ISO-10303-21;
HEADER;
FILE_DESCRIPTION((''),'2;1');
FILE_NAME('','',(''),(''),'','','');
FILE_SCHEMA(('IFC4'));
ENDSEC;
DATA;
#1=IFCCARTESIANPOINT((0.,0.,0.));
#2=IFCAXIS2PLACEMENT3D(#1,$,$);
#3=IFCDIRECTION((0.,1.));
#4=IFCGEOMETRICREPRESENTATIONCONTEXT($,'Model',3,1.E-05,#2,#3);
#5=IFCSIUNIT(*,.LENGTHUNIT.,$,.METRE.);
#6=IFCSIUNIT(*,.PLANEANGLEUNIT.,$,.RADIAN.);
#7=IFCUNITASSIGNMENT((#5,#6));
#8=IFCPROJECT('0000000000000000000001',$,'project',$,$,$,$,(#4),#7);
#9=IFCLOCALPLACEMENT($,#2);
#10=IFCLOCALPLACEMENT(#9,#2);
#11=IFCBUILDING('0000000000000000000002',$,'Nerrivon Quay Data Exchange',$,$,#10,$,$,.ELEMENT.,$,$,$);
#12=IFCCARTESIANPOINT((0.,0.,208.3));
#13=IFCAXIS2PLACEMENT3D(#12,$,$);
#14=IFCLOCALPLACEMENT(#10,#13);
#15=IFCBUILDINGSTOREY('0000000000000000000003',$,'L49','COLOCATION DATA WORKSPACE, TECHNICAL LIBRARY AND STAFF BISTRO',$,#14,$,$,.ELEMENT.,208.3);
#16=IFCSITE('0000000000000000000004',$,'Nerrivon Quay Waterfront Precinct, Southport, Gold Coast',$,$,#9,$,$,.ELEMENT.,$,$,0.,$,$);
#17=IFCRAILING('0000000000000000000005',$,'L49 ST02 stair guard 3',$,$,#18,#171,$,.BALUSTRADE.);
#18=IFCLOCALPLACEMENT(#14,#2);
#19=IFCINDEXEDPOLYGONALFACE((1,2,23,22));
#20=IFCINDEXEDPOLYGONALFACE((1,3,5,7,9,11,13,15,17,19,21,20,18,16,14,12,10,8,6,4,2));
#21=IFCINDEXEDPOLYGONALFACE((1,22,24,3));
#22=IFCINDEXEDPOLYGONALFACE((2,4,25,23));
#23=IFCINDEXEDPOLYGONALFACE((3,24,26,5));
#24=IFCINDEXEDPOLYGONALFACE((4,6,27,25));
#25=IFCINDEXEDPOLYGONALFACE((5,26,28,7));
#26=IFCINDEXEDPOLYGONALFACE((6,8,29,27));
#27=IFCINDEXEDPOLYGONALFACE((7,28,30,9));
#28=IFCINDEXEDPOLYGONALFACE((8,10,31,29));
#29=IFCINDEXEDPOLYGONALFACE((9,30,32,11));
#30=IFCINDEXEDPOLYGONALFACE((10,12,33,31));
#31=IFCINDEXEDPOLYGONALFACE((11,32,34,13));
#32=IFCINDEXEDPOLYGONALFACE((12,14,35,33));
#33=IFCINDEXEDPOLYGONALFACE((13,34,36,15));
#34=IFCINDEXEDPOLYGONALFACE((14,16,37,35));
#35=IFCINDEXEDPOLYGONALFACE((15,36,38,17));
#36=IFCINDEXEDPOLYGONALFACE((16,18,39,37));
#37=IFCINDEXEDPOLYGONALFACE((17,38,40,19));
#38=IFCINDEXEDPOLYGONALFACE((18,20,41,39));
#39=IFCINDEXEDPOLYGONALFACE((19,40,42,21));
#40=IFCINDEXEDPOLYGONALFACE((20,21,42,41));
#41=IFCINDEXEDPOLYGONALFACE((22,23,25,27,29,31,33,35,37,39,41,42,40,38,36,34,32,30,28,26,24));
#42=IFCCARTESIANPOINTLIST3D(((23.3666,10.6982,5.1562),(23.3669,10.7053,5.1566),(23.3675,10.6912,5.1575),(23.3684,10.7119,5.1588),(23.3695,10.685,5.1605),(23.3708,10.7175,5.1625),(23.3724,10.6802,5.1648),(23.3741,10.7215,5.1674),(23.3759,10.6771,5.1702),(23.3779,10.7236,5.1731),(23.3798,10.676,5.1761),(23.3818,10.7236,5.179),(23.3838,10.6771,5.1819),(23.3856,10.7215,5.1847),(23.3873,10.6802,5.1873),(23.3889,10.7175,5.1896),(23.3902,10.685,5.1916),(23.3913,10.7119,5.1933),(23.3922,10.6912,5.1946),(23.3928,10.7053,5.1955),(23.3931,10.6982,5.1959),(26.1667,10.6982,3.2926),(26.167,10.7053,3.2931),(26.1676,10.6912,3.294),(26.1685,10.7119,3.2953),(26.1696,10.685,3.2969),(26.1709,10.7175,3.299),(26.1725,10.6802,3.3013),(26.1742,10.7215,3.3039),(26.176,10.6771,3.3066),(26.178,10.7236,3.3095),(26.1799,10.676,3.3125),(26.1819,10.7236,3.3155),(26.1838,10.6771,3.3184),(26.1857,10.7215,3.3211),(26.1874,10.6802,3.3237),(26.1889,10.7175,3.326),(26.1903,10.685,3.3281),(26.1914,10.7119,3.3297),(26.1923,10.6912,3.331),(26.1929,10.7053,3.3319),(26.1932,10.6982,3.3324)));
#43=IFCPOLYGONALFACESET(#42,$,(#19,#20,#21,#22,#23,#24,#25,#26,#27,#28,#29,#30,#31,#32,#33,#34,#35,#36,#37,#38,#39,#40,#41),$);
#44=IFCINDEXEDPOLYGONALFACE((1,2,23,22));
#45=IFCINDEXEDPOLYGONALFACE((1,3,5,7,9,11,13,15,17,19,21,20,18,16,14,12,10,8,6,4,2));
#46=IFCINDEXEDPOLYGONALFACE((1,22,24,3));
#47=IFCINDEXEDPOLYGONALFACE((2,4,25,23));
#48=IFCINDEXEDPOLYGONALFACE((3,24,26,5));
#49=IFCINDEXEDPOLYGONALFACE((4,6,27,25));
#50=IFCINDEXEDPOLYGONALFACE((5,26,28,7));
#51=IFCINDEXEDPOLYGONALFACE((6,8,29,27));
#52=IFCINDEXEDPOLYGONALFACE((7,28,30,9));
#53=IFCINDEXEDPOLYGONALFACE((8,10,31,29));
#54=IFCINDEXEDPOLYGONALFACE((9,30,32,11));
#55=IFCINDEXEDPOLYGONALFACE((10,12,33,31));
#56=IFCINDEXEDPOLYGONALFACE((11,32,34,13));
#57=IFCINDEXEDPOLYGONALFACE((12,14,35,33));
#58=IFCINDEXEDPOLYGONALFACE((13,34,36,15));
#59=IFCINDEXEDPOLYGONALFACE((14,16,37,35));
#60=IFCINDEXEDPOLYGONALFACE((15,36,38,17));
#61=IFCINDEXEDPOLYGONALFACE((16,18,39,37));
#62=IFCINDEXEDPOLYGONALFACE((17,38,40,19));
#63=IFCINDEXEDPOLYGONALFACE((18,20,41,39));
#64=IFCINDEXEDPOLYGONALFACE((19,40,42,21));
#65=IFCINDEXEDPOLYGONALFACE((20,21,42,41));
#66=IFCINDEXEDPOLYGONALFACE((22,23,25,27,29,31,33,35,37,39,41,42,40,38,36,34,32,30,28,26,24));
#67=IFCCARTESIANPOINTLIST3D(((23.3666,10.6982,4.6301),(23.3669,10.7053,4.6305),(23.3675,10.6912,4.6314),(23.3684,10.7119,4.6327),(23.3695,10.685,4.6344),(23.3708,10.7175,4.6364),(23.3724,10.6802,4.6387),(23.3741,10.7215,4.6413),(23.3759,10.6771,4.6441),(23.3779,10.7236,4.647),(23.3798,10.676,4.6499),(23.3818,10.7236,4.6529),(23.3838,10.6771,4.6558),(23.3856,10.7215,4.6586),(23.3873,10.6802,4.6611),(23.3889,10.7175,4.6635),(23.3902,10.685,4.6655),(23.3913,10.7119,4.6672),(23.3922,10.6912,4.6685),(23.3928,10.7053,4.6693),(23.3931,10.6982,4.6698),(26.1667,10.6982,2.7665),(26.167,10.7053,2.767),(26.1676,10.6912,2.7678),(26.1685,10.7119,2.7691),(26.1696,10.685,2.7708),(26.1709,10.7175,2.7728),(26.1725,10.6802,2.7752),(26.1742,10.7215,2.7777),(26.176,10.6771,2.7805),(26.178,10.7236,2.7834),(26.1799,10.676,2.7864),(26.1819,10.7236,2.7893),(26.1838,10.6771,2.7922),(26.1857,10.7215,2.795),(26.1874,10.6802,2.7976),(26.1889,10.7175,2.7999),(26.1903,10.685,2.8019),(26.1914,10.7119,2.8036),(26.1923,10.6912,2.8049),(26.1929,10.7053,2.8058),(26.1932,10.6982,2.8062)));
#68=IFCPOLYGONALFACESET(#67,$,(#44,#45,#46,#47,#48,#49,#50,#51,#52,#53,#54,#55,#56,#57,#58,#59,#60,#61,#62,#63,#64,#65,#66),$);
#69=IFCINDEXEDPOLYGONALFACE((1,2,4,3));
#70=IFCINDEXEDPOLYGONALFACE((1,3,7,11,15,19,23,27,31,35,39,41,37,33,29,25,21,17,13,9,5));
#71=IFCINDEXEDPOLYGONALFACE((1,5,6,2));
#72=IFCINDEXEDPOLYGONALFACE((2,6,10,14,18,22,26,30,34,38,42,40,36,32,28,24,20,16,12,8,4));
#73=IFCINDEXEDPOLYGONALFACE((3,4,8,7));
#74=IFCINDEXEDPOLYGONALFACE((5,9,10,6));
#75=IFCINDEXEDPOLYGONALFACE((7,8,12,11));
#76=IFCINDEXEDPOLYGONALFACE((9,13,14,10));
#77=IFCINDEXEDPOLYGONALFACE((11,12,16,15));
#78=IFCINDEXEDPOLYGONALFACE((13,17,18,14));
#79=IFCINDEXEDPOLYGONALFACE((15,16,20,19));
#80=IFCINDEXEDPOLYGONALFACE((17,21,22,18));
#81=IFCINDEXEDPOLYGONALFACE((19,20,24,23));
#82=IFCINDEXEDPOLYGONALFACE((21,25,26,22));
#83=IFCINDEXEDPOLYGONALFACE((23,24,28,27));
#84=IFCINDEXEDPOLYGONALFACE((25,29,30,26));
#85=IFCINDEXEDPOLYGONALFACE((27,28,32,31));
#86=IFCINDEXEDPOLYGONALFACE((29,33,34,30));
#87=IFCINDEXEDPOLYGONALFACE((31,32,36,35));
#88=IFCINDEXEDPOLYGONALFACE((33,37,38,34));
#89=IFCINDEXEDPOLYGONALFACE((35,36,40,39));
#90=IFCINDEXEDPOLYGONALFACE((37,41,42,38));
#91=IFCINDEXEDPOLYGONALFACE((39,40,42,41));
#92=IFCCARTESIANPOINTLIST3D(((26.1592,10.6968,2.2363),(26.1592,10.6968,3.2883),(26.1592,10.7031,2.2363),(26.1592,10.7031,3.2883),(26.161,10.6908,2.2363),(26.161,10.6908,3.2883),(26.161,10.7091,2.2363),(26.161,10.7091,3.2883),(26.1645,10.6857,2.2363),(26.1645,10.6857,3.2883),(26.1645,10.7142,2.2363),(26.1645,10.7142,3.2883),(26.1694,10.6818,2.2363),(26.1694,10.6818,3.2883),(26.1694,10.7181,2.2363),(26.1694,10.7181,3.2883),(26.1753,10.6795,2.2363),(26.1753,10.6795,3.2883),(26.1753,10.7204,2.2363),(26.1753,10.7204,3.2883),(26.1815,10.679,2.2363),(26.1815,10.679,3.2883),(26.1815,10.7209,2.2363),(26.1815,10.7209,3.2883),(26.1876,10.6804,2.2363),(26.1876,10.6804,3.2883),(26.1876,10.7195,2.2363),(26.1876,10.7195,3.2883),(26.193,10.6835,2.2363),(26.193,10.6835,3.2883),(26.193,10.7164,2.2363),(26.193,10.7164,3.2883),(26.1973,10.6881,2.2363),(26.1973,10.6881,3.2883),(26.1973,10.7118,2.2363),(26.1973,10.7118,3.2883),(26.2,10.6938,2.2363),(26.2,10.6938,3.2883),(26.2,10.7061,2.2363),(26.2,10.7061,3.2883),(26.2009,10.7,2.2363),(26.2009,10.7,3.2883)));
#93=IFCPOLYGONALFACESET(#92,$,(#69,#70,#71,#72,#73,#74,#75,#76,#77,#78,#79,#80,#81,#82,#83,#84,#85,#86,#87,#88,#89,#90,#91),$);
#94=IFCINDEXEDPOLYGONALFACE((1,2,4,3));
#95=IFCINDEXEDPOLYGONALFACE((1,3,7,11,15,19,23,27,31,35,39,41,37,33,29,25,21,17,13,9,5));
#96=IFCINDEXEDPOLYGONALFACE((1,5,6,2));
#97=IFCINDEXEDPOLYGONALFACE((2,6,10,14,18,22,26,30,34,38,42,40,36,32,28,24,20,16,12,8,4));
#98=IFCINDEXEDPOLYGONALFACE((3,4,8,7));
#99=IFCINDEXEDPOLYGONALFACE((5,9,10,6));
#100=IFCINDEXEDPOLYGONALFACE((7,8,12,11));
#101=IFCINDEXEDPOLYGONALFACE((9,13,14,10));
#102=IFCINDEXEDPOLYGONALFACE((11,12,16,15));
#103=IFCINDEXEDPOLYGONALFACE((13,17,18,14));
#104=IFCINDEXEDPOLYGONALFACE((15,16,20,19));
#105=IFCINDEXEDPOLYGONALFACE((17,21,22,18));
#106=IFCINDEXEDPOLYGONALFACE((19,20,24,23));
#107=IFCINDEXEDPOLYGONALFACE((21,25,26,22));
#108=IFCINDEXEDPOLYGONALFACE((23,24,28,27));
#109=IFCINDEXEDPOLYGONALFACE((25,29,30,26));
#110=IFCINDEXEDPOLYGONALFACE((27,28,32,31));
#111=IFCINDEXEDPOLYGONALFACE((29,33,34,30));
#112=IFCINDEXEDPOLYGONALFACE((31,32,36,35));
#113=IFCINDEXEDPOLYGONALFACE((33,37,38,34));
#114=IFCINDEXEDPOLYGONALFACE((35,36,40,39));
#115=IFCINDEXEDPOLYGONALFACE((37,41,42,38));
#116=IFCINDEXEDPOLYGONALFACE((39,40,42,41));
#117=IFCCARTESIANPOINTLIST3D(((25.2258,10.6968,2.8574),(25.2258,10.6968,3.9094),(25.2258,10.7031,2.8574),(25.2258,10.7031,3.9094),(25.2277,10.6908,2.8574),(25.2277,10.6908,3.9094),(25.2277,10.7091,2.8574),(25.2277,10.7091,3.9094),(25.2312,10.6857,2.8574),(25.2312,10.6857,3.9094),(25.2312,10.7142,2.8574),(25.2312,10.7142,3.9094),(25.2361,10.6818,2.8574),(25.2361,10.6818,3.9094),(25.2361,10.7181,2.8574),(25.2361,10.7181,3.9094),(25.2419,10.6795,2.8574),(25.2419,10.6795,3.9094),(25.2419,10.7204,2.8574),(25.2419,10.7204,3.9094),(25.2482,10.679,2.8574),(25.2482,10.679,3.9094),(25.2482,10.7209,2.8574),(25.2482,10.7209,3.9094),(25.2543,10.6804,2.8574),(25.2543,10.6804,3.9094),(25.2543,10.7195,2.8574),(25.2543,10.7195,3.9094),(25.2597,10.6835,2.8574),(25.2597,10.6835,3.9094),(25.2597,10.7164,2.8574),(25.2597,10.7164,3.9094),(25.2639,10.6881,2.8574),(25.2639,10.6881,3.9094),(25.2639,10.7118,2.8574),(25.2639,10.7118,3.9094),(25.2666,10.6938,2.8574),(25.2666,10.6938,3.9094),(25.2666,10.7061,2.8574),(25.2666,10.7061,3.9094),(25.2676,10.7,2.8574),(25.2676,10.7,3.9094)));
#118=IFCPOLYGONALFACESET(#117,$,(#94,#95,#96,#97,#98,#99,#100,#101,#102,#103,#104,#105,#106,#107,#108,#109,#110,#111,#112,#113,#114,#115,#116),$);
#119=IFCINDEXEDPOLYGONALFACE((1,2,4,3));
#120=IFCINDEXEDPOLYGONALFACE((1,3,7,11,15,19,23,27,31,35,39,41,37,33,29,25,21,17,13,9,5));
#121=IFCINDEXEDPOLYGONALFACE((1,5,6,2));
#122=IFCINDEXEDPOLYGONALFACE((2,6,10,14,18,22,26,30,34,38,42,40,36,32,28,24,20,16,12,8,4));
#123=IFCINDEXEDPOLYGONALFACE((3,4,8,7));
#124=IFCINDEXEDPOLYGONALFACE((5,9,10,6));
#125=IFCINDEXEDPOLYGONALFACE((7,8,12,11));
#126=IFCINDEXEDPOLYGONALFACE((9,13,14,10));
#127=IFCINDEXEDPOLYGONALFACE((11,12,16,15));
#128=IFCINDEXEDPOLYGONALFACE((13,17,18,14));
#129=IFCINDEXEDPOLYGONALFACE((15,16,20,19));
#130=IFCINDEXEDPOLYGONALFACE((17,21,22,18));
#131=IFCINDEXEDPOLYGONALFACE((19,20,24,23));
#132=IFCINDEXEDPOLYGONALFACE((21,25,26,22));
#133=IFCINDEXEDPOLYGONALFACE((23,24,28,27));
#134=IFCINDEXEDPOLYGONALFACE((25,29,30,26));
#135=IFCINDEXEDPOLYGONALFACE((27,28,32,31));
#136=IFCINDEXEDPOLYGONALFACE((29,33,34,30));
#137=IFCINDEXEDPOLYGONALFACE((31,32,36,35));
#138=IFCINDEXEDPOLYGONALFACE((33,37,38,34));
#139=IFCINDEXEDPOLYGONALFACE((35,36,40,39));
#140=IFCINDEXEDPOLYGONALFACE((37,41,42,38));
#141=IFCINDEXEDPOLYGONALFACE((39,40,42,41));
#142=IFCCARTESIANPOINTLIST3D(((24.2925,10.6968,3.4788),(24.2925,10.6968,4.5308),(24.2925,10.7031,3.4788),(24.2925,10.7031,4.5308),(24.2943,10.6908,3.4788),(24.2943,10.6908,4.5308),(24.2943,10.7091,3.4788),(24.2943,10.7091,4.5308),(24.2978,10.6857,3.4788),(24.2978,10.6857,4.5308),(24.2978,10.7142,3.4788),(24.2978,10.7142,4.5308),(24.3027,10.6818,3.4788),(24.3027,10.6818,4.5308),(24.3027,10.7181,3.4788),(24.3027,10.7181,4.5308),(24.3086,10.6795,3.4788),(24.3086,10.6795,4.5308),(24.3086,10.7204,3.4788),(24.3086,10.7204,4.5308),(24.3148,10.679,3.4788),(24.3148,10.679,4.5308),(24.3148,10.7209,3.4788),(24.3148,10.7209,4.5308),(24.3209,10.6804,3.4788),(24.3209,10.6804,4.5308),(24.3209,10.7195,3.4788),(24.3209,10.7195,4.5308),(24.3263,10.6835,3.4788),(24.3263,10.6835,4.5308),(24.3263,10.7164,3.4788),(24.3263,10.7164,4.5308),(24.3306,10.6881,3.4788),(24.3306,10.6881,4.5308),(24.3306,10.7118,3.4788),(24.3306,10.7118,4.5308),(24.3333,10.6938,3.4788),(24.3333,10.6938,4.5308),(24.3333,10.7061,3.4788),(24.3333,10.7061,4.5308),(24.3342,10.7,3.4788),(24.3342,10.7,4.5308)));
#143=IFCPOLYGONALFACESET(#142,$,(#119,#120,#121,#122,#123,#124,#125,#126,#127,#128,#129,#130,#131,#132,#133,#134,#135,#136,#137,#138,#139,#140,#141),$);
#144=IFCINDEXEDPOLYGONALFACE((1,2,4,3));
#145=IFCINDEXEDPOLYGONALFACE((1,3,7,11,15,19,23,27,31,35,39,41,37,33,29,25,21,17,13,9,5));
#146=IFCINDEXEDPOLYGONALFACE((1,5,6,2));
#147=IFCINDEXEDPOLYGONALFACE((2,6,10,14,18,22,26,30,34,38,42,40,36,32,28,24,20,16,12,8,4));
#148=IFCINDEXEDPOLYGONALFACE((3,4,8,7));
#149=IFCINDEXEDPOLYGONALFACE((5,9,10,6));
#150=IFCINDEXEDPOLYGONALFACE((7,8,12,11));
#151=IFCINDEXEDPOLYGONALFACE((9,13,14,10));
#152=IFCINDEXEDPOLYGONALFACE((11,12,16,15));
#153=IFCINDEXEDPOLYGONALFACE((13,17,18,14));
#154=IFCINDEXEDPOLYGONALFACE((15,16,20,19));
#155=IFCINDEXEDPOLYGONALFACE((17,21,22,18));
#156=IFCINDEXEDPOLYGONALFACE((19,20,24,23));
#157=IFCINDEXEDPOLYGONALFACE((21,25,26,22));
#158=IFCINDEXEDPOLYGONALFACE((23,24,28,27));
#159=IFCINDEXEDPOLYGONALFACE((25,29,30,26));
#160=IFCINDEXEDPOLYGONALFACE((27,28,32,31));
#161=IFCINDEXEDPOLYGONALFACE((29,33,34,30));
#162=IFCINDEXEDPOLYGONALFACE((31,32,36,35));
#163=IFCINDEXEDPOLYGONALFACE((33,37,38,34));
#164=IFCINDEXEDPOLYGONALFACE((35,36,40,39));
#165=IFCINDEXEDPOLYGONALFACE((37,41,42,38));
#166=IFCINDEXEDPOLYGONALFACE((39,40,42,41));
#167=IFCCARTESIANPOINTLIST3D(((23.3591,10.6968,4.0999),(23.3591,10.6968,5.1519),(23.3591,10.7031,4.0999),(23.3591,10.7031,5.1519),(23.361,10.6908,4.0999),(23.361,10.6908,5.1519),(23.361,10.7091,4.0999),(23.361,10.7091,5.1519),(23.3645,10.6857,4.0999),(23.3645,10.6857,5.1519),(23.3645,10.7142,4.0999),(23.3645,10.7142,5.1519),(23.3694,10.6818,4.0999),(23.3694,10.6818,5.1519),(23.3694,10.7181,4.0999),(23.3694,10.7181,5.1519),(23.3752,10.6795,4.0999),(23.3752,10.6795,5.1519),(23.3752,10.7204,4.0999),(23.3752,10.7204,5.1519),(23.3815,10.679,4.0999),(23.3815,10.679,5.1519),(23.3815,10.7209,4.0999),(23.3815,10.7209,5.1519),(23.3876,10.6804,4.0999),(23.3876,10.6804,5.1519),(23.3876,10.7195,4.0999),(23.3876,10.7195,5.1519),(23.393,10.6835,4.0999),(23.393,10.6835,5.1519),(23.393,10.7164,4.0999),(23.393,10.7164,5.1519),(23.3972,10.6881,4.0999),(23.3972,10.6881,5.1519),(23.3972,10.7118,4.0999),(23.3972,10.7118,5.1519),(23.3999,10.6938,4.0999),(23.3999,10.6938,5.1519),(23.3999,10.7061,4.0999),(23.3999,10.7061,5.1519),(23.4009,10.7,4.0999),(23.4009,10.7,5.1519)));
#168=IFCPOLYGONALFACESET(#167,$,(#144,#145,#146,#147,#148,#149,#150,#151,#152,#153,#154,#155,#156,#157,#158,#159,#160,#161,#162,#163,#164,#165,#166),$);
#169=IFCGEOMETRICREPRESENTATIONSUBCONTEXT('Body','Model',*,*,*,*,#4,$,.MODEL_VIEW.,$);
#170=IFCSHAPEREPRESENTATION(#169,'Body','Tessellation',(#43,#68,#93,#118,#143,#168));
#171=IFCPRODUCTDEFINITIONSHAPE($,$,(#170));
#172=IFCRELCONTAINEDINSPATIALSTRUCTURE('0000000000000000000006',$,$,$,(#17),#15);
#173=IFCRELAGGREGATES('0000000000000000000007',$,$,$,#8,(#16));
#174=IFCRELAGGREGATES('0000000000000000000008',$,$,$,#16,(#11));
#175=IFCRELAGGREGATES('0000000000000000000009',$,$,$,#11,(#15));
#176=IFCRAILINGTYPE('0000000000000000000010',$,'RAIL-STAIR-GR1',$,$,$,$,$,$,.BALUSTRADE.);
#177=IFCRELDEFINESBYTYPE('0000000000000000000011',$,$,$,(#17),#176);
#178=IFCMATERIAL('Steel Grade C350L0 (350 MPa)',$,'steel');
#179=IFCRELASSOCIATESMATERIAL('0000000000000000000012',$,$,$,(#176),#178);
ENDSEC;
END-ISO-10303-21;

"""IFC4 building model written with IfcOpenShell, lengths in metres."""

from ifc_helpers import new_model, si_unit, direction, frame, origin, origin_2d, place, context, subcontext, project, spatial, circle, extrude, material, type_object, element, save


model = new_model("IFC4")

# Units and contexts
model_context = context("Model", 3, precision=1e-05, world=origin(), true_north=direction((0.0, 1.0)))
body_context = subcontext(model_context, "Body", "Model", "MODEL_VIEW")
ifc_project = project(units=[si_unit("LENGTHUNIT", "METRE"), si_unit("PLANEANGLEUNIT", "RADIAN")], contexts=[model_context])

# Site, building, storey
site_placement = place(None, origin())
site = spatial("IfcSite", under=ifc_project, at=site_placement, Name="Nerrivon Quay Waterfront Precinct, Southport, Gold Coast", CompositionType="ELEMENT", RefElevation=0.0)
building_placement = place(site_placement, origin())
building = spatial("IfcBuilding", under=site, at=building_placement, Name="Nerrivon Quay Data Exchange", CompositionType="ELEMENT")
storey_placement = place(building_placement, frame((0.0, 0.0, 208.3)))
storey = spatial("IfcBuildingStorey", under=building, at=storey_placement, Name="L49", Description="COLOCATION DATA WORKSPACE, TECHNICAL LIBRARY AND STAFF BISTRO", CompositionType="ELEMENT", Elevation=208.3)

# Shared definitions
ifc_material_1 = material(Name="Steel Grade C350L0 (350 MPa)", Category="steel")

# Railing
railing_type_1 = type_object("IfcRailingType", Name="RAIL-STAIR-GR1", PredefinedType="BALUSTRADE", material=ifc_material_1)
railing_1_placement = place(storey_placement, frame((26.1799, 10.7, 2.2363)))
element("IfcRailing", 1, at=railing_1_placement, inside=storey, type_object=railing_type_1, Name="L49 ST02 stair guard 3", PredefinedType="BALUSTRADE", context=body_context, shape_type="SweptSolid", body=[
    extrude(circle(Radius=0.0239, at=origin_2d()), frame((0.0, 0.0, 1.0762), z_axis=(-0.832486, 0.0, 0.554047), x_axis=(0.0, -1.0, 0.0)), (0.0, 0.0, 1.0), 3.3635),
    extrude(circle(Radius=0.0239, at=origin_2d()), frame((0.0, 0.0, 0.55), z_axis=(-0.832486, 0.0, 0.554047), x_axis=(0.0, -1.0, 0.0)), (0.0, 0.0, 1.0), 3.3635),
    extrude(circle(Radius=0.021, at=origin_2d()), origin(), (0.0, 0.0, 1.0), 1.052),
    extrude(circle(Radius=0.021, at=origin_2d()), frame((-0.9333, 0.0, 0.6211)), (0.0, 0.0, 1.0), 1.052),
    extrude(circle(Radius=0.021, at=origin_2d()), frame((-1.8667, 0.0, 1.2424)), (0.0, 0.0, 1.0), 1.052),
    extrude(circle(Radius=0.021, at=origin_2d()), frame((-2.8, 0.0, 1.8635)), (0.0, 0.0, 1.0), 1.052),
])

save(model, "model.ifc")
